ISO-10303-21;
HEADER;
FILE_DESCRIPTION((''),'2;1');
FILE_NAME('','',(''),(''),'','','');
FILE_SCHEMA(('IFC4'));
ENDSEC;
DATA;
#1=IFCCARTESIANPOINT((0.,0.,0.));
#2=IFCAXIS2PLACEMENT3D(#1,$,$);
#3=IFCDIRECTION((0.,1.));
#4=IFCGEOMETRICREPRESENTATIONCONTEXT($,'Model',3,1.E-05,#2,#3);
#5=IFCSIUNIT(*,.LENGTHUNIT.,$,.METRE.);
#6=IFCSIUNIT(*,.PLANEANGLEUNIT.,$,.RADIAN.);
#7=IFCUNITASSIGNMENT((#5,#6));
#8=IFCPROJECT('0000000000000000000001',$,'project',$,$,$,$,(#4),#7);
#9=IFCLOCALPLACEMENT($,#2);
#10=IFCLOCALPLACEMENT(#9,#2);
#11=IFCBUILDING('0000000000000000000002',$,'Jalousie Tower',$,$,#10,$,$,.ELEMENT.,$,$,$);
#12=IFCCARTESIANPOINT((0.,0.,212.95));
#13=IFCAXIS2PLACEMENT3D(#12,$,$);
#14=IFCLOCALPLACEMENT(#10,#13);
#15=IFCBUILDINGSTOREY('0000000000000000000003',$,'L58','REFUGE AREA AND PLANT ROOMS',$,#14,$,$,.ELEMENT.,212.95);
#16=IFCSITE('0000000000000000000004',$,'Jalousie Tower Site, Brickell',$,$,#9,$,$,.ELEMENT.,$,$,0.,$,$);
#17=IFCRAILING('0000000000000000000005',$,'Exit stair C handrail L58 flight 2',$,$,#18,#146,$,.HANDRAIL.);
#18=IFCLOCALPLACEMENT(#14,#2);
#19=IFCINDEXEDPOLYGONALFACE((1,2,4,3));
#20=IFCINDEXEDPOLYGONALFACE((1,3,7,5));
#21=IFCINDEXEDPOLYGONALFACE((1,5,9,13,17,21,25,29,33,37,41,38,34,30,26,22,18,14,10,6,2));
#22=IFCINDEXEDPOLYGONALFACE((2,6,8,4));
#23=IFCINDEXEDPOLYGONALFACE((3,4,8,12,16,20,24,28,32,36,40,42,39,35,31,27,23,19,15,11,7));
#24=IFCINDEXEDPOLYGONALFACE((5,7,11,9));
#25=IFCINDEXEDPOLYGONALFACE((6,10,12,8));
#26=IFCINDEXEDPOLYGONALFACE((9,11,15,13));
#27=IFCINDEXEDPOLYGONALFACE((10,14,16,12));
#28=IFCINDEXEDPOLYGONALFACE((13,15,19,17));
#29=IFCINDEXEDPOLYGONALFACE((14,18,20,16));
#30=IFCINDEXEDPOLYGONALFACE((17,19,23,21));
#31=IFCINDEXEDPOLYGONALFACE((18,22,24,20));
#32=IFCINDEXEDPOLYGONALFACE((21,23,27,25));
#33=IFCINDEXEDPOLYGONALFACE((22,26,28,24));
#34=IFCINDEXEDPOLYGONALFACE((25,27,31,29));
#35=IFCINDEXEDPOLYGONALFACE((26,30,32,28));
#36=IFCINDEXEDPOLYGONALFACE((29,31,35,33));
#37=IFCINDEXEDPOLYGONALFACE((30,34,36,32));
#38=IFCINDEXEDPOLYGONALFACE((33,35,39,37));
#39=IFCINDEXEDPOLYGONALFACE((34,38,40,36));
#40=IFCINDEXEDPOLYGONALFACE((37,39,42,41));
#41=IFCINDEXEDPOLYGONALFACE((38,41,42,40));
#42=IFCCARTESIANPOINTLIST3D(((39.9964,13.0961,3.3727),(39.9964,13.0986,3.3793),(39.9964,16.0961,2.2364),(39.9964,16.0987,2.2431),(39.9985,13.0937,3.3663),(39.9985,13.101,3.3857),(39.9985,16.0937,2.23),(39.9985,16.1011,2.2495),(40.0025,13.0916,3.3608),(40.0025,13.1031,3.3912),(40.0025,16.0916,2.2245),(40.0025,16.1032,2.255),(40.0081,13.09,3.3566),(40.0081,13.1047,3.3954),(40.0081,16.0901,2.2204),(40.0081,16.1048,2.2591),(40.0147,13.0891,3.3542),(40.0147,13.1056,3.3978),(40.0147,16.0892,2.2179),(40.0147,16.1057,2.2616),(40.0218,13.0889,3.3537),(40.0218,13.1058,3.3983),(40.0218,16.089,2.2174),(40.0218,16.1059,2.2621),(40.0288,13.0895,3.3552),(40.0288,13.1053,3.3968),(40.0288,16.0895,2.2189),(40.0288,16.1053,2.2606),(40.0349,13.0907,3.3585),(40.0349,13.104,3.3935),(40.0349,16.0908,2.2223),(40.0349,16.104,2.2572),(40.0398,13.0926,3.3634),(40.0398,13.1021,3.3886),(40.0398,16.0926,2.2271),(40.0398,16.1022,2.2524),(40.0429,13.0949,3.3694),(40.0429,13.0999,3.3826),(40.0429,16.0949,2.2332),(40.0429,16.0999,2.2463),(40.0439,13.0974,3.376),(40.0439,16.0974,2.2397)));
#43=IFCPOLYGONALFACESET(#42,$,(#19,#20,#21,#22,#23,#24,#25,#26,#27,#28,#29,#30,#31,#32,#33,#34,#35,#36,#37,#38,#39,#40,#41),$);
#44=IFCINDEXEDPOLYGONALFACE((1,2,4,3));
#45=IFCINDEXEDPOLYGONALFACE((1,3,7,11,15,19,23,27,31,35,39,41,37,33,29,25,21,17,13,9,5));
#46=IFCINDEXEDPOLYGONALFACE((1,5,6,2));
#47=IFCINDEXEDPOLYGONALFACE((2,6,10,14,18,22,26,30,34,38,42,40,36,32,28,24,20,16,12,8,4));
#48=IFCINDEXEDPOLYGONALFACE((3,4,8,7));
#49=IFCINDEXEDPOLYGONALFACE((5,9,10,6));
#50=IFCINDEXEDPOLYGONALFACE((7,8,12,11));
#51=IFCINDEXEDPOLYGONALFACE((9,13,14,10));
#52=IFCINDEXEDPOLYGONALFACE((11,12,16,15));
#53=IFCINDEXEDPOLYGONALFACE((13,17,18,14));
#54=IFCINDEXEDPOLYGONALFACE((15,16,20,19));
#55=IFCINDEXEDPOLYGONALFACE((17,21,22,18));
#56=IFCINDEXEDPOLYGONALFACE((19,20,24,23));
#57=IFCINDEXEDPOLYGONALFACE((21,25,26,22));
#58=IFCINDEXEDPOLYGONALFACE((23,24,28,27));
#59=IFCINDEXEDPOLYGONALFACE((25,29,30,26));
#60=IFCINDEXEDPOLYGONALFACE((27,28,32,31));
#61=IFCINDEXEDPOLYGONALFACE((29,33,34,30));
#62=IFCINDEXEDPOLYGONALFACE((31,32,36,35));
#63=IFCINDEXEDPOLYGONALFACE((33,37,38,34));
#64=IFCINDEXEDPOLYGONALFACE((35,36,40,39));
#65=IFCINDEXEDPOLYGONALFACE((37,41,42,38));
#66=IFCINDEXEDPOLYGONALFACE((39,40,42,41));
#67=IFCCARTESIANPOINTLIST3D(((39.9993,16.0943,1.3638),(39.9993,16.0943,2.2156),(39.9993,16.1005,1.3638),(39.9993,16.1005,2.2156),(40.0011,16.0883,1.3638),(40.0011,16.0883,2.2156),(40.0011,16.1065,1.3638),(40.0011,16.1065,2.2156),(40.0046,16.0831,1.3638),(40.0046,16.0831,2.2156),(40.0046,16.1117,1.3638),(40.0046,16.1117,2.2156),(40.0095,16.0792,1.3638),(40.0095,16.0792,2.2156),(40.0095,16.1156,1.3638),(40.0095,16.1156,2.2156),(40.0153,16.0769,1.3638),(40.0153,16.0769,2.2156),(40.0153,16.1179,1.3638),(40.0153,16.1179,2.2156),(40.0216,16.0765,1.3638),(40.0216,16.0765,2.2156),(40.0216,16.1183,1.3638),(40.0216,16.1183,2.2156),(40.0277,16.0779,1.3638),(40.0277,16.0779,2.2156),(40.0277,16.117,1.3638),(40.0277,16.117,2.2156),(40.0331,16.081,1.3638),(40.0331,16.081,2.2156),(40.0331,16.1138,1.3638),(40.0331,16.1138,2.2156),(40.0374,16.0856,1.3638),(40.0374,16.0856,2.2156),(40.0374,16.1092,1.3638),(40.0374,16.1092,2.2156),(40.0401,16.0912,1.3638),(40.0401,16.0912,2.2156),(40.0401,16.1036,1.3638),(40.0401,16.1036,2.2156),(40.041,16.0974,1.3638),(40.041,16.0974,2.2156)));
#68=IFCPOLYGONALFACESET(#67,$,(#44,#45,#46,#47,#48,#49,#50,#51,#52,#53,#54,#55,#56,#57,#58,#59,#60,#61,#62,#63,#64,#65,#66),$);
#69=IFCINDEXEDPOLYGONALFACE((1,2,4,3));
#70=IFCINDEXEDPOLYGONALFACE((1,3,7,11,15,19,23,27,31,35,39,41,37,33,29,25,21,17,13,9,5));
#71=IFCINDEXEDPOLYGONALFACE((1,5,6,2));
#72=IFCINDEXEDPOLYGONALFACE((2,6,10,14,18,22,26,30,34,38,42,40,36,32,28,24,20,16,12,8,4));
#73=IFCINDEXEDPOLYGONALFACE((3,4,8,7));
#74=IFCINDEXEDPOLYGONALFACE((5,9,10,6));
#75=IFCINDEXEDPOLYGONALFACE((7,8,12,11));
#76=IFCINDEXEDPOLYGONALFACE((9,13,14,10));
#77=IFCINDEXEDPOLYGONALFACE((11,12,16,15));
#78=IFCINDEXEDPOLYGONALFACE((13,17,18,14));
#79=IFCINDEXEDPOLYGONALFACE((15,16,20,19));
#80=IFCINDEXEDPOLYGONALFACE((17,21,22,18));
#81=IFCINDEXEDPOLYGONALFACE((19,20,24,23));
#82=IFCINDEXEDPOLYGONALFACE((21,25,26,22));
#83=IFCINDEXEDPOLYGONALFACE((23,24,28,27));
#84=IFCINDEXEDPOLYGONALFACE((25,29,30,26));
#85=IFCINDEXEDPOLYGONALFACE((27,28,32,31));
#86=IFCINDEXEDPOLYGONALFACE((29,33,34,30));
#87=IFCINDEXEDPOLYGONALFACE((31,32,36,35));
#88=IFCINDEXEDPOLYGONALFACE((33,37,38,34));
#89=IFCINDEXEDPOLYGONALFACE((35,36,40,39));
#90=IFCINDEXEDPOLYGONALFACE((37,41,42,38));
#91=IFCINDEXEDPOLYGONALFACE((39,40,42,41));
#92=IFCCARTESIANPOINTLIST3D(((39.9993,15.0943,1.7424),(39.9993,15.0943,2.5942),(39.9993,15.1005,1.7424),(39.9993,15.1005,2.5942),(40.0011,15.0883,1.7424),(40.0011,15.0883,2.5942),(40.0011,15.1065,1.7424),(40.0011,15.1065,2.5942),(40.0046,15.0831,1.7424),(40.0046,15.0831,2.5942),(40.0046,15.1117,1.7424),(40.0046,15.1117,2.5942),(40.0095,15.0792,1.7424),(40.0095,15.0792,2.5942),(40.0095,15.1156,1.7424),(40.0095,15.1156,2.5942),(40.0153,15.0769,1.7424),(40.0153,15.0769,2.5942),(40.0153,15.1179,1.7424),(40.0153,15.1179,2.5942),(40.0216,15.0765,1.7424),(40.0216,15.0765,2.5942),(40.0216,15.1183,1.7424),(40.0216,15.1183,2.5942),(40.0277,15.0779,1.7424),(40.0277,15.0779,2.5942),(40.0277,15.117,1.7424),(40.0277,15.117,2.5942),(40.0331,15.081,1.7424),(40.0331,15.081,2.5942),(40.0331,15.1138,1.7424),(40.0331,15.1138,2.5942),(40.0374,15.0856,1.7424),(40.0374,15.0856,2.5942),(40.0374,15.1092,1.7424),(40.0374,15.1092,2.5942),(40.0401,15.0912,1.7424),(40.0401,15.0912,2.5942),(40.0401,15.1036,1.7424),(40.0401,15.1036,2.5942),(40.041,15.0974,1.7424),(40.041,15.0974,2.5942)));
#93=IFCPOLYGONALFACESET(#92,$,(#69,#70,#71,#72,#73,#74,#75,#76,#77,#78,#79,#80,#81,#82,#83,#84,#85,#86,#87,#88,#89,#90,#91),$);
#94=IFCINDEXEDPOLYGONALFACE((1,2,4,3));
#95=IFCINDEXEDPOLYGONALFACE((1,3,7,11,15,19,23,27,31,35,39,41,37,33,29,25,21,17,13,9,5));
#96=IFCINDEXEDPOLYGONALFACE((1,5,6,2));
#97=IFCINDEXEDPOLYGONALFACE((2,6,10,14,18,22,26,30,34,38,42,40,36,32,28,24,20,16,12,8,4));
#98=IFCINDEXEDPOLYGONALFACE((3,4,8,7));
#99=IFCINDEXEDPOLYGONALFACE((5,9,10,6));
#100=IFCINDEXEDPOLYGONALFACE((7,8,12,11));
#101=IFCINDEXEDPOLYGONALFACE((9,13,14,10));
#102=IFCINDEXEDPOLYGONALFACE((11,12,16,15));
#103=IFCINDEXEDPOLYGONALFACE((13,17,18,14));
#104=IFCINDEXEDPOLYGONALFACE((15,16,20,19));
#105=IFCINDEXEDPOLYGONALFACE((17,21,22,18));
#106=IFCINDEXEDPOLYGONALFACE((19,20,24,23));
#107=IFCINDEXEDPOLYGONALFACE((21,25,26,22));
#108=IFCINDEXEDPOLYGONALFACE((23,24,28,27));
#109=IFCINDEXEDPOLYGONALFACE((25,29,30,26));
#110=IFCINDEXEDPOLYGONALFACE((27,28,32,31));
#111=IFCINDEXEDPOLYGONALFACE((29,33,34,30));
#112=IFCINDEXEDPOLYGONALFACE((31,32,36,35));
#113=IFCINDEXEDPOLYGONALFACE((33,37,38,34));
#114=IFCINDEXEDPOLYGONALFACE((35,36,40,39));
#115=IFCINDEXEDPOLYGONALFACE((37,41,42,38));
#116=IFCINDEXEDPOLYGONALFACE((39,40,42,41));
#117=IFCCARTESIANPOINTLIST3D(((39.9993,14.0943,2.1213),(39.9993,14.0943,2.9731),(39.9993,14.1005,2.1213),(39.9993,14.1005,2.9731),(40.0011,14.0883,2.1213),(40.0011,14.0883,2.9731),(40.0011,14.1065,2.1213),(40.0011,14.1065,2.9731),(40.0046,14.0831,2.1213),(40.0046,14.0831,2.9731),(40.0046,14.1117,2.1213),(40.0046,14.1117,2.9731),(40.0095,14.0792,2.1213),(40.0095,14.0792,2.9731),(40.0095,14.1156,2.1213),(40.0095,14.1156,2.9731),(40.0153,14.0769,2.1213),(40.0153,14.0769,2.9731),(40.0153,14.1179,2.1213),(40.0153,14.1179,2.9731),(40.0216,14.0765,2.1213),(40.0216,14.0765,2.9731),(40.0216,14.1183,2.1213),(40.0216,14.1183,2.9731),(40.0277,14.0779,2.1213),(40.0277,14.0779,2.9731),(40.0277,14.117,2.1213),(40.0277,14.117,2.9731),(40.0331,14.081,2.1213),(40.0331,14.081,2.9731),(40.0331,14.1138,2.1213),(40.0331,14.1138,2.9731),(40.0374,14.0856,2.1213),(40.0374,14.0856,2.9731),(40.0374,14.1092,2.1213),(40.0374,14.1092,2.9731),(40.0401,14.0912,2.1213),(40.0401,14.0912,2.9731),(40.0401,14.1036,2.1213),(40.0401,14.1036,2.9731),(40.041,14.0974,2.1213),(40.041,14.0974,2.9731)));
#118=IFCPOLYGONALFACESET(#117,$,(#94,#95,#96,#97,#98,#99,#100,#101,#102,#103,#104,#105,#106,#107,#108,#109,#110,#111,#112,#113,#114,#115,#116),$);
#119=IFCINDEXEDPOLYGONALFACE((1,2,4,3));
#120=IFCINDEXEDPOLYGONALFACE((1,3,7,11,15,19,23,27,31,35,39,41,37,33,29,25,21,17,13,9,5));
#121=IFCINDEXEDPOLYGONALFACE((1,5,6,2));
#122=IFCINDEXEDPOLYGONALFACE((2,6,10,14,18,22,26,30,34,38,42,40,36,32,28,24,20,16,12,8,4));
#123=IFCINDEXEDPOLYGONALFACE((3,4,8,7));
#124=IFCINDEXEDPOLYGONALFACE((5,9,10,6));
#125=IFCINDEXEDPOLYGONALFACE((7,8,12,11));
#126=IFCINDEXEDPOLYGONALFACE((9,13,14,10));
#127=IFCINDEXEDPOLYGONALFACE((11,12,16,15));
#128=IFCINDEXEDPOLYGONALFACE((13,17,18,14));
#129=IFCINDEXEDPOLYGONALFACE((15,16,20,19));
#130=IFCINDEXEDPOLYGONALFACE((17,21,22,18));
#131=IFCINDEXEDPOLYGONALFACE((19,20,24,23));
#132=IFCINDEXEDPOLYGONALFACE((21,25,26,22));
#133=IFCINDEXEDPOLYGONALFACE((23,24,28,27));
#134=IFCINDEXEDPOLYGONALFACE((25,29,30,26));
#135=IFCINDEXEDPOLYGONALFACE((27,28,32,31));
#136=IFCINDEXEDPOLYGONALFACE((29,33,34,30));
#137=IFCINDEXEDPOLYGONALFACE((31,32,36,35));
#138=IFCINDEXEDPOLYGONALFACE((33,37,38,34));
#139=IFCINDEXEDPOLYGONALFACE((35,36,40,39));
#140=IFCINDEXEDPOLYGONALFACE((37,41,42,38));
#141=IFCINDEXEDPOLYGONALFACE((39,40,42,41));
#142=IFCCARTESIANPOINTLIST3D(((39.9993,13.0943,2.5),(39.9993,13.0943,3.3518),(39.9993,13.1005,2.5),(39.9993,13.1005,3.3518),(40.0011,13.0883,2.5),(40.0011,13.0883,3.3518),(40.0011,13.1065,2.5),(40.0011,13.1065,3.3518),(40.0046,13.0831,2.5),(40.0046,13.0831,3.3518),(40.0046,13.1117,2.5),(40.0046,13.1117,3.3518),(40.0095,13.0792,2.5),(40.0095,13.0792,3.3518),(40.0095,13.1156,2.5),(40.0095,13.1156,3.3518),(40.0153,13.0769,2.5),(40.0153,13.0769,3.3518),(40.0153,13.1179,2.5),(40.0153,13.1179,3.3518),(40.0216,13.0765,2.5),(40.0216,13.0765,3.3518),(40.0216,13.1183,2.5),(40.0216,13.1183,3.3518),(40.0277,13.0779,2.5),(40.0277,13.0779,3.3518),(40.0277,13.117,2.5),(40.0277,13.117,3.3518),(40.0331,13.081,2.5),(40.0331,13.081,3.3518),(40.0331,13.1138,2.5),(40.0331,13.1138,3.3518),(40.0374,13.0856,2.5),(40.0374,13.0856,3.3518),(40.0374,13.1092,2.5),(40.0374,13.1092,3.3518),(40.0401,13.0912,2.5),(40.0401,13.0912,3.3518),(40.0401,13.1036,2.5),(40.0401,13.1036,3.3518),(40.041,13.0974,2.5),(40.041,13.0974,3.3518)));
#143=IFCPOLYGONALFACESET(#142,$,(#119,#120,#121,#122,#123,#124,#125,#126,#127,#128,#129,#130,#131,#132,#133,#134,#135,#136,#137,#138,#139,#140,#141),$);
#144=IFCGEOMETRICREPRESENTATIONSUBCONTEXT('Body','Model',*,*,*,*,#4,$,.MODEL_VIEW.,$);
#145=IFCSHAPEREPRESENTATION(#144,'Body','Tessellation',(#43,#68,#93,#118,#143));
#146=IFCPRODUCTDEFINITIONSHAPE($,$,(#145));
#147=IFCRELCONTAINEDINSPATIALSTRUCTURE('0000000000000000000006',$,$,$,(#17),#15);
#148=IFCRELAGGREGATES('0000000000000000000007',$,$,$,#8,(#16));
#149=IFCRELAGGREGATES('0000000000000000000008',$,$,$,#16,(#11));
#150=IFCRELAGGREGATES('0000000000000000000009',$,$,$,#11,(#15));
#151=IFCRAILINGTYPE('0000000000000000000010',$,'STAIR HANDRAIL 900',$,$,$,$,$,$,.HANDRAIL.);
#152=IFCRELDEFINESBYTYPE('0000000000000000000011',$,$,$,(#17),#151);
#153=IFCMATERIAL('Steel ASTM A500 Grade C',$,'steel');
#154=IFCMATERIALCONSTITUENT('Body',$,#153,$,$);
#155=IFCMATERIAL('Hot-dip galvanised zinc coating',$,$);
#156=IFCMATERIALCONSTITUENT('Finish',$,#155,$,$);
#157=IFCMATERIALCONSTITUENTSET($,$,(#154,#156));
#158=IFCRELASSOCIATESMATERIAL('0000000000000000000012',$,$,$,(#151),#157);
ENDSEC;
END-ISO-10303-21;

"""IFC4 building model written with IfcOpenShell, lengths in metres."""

from ifc_helpers import new_model, si_unit, direction, frame, origin, origin_2d, place, context, subcontext, project, spatial, circle, extrude, material, constituent, constituent_set, type_object, element, save


model = new_model("IFC4")

# Units and contexts
model_context = context("Model", 3, precision=1e-05, world=origin(), true_north=direction((0.0, 1.0)))
body_context = subcontext(model_context, "Body", "Model", "MODEL_VIEW")
ifc_project = project(units=[si_unit("LENGTHUNIT", "METRE"), si_unit("PLANEANGLEUNIT", "RADIAN")], contexts=[model_context])

# Site, building, storey
site_placement = place(None, origin())
site = spatial("IfcSite", under=ifc_project, at=site_placement, Name="Jalousie Tower Site, Brickell", CompositionType="ELEMENT", RefElevation=0.0)
building_placement = place(site_placement, origin())
building = spatial("IfcBuilding", under=site, at=building_placement, Name="Jalousie Tower", CompositionType="ELEMENT")
storey_placement = place(building_placement, frame((0.0, 0.0, 212.95)))
storey = spatial("IfcBuildingStorey", under=building, at=storey_placement, Name="L58", Description="REFUGE AREA AND PLANT ROOMS", CompositionType="ELEMENT", Elevation=212.95)

# Railing
ifc_material_1 = material(Name="Steel ASTM A500 Grade C", Category="steel")
ifc_constituent_1 = constituent(ifc_material_1, Name="Body")
ifc_material_2 = material(Name="Hot-dip galvanised zinc coating")
ifc_constituent_2 = constituent(ifc_material_2, Name="Finish")
ifc_constituent_set_1 = constituent_set(constituents=[ifc_constituent_1, ifc_constituent_2])
railing_type_1 = type_object("IfcRailingType", Name="STAIR HANDRAIL 900", PredefinedType="HANDRAIL", material=ifc_constituent_set_1)
railing_1_placement = place(storey_placement, frame((40.02, 16.0974, 1.3638)))
element("IfcRailing", 1, at=railing_1_placement, inside=storey, type_object=railing_type_1, Name="Exit stair C handrail L58 flight 2", PredefinedType="HANDRAIL", context=body_context, shape_type="SweptSolid", body=[
    extrude(circle(Radius=0.0239, at=origin_2d()), frame((0.0, 0.0, 0.876), z_axis=(0.0, -0.935173, 0.354191), x_axis=(1.0, 0.0, 0.0)), (0.0, 0.0, 1.0), 3.208),
    extrude(circle(Radius=0.021, at=origin_2d()), origin(), (0.0, 0.0, 1.0), 0.8518),
    extrude(circle(Radius=0.021, at=origin_2d()), frame((0.0, -1.0, 0.3787)), (0.0, 0.0, 1.0), 0.8518),
    extrude(circle(Radius=0.021, at=origin_2d()), frame((0.0, -2.0, 0.7576)), (0.0, 0.0, 1.0), 0.8518),
    extrude(circle(Radius=0.021, at=origin_2d()), frame((0.0, -3.0, 1.1362)), (0.0, 0.0, 1.0), 0.8518),
])

save(model, "model.ifc")
